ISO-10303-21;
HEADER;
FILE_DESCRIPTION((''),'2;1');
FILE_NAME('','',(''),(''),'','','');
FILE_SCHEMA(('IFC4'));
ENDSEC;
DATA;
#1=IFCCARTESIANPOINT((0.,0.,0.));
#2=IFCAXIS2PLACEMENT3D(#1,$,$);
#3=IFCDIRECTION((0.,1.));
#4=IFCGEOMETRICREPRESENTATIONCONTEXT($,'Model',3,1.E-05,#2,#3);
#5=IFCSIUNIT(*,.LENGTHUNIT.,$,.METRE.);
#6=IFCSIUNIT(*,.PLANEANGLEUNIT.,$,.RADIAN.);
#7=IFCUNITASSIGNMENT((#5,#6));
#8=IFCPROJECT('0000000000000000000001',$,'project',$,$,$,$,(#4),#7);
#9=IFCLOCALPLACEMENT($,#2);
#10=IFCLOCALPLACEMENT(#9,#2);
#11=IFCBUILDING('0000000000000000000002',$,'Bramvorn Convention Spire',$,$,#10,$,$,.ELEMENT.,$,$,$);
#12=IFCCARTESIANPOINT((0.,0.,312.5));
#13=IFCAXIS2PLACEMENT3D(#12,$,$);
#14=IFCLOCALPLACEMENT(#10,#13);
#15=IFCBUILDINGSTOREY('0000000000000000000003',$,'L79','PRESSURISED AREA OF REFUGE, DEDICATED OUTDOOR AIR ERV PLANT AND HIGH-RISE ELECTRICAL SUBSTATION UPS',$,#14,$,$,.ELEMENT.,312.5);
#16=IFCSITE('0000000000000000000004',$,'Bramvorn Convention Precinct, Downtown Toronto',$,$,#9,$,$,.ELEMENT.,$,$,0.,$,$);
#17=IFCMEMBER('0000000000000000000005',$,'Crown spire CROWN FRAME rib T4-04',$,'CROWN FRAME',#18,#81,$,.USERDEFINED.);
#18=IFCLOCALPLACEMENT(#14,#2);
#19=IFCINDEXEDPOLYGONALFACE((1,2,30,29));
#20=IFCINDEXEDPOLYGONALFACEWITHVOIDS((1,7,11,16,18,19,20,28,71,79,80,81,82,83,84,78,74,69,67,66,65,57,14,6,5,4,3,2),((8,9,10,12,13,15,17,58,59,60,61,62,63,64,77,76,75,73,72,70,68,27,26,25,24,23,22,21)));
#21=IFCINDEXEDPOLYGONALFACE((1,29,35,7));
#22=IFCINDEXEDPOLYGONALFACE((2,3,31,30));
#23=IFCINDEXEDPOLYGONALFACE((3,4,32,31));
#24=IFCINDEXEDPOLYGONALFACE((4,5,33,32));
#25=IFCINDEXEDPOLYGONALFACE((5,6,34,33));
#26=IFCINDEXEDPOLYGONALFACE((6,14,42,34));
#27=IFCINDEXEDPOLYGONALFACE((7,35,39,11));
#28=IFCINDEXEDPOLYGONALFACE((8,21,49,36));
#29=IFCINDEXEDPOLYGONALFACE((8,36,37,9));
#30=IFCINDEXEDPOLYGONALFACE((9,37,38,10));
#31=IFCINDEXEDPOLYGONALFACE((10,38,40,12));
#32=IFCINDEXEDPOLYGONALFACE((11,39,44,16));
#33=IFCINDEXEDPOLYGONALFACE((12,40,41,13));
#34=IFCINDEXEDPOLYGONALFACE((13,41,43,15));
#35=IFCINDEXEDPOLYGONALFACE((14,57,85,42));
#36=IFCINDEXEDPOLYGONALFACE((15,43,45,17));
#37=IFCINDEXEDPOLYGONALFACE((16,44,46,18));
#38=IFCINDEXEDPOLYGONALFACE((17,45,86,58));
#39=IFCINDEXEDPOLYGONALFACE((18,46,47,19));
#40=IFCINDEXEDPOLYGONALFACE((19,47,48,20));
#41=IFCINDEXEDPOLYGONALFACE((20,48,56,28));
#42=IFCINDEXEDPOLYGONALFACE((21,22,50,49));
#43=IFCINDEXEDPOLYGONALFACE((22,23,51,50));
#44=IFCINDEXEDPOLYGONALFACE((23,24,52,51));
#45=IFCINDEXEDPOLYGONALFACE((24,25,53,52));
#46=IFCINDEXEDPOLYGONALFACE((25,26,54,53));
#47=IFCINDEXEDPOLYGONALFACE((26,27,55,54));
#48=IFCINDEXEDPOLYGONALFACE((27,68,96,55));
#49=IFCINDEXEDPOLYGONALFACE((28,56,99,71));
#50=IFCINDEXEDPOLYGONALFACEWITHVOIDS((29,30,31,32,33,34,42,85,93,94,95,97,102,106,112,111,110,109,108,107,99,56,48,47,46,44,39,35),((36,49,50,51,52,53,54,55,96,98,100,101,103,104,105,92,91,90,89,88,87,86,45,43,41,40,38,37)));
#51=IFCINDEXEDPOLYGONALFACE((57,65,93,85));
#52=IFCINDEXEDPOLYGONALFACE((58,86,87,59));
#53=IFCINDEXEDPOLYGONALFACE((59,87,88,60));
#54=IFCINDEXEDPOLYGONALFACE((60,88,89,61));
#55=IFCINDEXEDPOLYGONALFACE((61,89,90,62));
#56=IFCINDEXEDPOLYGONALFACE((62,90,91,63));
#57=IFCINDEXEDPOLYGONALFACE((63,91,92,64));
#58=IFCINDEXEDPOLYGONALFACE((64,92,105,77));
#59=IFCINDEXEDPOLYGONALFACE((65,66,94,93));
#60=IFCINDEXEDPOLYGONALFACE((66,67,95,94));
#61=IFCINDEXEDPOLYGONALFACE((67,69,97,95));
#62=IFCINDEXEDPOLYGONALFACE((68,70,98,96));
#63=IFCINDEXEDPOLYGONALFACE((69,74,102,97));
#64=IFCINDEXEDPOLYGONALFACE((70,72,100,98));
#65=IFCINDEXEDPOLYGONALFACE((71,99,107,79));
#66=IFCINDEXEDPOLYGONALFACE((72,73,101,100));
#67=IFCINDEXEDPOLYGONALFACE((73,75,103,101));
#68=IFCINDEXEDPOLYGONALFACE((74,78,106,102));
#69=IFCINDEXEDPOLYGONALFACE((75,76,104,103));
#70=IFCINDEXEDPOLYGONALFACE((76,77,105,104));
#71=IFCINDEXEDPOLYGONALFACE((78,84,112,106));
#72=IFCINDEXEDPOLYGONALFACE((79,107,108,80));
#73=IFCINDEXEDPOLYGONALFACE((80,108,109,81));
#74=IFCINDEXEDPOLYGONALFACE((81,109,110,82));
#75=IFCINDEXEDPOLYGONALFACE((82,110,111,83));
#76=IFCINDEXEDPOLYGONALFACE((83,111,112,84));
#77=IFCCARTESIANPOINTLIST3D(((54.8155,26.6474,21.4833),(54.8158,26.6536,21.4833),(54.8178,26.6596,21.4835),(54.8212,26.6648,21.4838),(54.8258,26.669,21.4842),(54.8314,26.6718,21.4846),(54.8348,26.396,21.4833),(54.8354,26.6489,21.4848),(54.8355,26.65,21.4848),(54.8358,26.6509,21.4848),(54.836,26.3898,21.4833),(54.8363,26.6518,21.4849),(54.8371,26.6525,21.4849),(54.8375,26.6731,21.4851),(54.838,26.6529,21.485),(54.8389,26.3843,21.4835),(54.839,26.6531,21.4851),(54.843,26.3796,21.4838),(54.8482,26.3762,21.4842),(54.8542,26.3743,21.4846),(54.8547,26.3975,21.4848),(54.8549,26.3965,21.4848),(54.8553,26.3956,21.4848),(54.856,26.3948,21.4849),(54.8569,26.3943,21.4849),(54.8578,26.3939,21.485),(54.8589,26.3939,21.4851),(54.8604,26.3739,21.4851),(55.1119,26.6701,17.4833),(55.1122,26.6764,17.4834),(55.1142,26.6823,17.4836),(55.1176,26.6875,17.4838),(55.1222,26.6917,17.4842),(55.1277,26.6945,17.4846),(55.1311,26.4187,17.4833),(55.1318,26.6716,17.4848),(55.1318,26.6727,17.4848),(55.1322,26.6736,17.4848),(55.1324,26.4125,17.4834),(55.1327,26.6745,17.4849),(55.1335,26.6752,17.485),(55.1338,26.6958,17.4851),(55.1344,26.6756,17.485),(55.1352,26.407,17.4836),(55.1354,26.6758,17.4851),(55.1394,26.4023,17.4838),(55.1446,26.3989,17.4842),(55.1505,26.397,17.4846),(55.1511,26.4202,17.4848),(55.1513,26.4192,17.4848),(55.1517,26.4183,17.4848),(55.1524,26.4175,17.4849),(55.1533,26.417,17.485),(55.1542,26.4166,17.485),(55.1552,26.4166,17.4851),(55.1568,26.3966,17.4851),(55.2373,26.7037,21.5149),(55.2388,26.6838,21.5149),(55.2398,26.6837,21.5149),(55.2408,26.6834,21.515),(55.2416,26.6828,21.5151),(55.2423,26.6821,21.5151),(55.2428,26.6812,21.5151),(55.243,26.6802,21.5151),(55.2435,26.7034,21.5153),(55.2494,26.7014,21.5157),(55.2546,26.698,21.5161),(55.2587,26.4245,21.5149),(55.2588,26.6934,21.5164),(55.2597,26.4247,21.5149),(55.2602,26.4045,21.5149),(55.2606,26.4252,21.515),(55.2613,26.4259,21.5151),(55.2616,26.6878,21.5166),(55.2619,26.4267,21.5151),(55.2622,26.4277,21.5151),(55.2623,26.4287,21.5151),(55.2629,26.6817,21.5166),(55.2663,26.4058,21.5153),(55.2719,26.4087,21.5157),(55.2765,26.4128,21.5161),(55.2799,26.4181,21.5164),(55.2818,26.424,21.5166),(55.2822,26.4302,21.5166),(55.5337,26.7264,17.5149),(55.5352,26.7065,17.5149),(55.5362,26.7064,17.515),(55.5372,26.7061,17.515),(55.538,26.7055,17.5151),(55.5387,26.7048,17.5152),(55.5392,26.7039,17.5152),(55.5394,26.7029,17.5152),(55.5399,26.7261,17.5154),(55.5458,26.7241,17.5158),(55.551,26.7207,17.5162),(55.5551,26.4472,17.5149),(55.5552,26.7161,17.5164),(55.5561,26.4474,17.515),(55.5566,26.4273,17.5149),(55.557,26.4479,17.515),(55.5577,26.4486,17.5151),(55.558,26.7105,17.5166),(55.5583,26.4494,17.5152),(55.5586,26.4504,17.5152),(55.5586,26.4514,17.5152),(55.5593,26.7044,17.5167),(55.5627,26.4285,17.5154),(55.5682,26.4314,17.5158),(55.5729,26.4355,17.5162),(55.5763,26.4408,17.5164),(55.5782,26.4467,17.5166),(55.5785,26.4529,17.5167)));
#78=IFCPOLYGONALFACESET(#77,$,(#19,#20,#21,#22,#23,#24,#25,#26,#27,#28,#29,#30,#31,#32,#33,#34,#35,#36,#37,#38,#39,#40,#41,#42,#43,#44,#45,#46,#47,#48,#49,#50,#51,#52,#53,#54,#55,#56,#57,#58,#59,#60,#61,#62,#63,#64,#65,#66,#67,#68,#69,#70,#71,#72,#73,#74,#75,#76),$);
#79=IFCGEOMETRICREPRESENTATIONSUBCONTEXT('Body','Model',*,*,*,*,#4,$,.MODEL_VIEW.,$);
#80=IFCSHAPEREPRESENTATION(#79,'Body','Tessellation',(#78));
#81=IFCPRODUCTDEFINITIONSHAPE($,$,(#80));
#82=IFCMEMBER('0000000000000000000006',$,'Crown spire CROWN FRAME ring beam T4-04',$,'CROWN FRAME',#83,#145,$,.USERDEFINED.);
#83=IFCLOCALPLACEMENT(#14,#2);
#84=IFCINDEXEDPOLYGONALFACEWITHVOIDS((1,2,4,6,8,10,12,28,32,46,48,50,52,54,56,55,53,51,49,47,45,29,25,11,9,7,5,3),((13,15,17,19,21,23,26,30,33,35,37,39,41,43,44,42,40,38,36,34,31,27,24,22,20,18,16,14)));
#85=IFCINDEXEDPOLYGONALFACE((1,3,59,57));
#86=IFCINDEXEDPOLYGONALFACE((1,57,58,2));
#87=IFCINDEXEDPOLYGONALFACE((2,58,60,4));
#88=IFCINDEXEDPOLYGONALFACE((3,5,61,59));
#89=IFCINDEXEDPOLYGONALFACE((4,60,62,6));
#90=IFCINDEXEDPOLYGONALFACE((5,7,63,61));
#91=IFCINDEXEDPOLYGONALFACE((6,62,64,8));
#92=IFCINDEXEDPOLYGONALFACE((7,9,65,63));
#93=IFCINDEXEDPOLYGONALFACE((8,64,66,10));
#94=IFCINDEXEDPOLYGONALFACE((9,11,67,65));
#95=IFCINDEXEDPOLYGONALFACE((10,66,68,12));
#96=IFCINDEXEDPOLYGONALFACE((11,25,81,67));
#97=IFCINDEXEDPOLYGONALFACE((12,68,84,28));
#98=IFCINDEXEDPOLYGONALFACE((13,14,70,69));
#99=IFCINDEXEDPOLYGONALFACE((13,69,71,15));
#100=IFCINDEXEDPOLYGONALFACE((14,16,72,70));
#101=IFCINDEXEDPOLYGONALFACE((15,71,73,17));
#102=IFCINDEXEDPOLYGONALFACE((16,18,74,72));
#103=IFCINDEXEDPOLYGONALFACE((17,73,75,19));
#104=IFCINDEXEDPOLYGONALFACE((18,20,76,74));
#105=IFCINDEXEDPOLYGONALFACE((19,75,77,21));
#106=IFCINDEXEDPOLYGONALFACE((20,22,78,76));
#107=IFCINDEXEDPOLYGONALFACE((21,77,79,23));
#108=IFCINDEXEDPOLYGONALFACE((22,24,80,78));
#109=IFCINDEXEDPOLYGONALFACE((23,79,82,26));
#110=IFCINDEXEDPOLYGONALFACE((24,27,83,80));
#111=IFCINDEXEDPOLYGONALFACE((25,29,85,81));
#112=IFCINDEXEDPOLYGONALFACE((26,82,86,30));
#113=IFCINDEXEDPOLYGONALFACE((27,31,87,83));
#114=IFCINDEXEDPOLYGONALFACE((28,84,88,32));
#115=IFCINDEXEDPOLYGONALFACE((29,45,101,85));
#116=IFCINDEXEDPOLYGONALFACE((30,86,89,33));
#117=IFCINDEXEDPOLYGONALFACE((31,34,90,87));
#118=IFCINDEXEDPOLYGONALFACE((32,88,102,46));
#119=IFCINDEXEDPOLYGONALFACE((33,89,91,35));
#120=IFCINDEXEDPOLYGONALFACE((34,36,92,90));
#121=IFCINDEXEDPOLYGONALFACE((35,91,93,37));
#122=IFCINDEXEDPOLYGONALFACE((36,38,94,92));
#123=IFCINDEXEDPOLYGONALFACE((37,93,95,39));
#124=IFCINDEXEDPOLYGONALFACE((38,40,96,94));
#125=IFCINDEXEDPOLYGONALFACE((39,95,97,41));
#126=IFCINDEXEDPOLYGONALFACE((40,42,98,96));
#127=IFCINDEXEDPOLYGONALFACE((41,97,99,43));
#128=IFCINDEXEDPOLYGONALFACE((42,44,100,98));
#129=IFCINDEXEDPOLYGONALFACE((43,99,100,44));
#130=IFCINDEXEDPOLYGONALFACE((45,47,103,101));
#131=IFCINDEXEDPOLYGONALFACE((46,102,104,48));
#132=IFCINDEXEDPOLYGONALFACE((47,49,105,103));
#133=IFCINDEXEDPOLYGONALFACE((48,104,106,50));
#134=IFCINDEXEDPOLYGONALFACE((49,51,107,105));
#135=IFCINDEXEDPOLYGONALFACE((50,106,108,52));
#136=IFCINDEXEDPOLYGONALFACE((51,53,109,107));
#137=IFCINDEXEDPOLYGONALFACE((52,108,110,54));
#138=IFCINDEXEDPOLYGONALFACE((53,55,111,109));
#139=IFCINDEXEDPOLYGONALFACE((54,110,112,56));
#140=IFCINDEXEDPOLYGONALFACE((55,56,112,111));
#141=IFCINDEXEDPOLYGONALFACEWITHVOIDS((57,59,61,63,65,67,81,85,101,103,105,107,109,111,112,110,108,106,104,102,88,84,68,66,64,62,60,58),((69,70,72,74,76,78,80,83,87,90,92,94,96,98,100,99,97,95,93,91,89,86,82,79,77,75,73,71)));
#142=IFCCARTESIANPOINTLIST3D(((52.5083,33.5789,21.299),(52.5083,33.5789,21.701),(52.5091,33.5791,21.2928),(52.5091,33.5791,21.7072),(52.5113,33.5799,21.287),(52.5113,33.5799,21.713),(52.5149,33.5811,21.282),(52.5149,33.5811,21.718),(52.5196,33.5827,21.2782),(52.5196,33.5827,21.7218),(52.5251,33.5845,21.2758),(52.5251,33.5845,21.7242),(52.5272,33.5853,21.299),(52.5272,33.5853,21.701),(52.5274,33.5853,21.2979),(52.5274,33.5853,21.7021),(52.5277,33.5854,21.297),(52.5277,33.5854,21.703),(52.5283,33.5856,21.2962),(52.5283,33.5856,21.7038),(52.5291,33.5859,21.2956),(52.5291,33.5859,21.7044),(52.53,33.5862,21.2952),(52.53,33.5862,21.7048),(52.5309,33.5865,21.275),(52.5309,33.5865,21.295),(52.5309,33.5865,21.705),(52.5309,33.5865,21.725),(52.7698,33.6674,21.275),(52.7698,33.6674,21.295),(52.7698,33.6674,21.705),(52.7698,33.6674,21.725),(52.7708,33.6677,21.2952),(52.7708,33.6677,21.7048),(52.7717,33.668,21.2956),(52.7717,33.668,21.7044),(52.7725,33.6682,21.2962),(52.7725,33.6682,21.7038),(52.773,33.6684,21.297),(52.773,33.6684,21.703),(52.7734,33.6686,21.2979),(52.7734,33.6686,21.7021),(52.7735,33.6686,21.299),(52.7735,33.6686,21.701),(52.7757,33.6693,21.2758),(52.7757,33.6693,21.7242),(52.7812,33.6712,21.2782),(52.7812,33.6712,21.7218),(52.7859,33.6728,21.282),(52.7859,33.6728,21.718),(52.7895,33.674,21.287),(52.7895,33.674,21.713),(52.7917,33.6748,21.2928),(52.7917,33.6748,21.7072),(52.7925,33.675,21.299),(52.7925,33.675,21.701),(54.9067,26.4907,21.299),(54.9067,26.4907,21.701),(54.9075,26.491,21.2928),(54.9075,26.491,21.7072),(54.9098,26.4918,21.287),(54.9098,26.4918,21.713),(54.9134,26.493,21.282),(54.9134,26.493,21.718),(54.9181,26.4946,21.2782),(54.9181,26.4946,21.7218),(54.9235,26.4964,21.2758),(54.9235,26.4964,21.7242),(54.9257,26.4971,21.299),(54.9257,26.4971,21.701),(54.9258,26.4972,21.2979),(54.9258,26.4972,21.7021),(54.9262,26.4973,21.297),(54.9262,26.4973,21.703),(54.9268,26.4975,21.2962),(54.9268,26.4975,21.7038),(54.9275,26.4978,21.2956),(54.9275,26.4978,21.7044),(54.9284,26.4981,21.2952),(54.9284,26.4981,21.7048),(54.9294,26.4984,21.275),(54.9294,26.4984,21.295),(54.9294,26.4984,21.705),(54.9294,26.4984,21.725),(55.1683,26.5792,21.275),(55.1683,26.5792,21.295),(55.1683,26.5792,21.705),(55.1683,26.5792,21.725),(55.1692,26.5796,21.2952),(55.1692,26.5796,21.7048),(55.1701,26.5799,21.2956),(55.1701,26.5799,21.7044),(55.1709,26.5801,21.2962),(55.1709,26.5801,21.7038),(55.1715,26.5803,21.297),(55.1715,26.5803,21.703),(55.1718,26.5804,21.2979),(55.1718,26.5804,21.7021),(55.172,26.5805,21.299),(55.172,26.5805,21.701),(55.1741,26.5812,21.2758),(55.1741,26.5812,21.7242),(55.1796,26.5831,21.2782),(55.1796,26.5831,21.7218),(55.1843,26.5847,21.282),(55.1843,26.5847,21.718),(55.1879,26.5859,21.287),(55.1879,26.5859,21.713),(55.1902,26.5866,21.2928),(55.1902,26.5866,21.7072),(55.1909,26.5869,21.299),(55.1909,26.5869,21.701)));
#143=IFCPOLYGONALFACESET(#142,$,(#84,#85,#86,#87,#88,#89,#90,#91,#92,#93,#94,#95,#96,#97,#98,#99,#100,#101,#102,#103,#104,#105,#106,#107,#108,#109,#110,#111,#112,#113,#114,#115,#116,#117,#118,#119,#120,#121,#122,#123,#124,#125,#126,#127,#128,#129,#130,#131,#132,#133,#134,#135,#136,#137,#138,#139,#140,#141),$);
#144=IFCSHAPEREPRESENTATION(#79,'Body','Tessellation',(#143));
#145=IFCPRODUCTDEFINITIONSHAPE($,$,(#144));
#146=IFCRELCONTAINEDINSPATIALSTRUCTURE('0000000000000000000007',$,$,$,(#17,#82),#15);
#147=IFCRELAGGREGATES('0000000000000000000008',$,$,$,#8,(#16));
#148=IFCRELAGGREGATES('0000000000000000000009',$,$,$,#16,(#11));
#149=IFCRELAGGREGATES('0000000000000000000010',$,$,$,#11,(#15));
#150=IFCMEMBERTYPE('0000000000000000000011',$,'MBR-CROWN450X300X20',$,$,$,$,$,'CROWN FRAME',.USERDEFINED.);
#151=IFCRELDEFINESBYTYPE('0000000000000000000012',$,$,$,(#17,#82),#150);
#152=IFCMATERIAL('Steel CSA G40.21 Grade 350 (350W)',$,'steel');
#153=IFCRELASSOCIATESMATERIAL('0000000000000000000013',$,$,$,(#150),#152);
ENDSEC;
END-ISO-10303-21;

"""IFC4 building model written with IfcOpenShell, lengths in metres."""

from ifc_helpers import new_model, si_unit, direction, frame, origin, origin_2d, place, context, subcontext, project, spatial, hollow_rectangle, extrude, material, material_profile, profile_set, type_object, element, save


model = new_model("IFC4")

# Units and contexts
model_context = context("Model", 3, precision=1e-05, world=origin(), true_north=direction((0.0, 1.0)))
body_context = subcontext(model_context, "Body", "Model", "MODEL_VIEW")
ifc_project = project(units=[si_unit("LENGTHUNIT", "METRE"), si_unit("PLANEANGLEUNIT", "RADIAN")], contexts=[model_context])

# Site, building, storey
site_placement = place(None, origin())
site = spatial("IfcSite", under=ifc_project, at=site_placement, Name="Bramvorn Convention Precinct, Downtown Toronto", CompositionType="ELEMENT", RefElevation=0.0)
building_placement = place(site_placement, origin())
building = spatial("IfcBuilding", under=site, at=building_placement, Name="Bramvorn Convention Spire", CompositionType="ELEMENT")
storey_placement = place(building_placement, frame((0.0, 0.0, 312.5)))
storey = spatial("IfcBuildingStorey", under=building, at=storey_placement, Name="L79", Description="PRESSURISED AREA OF REFUGE, DEDICATED OUTDOOR AIR ERV PLANT AND HIGH-RISE ELECTRICAL SUBSTATION UPS", CompositionType="ELEMENT", Elevation=312.5)

# Members
ifc_material_1 = material(Name="Steel CSA G40.21 Grade 350 (350W)", Category="steel")
ifc_material_profile_1 = material_profile(ifc_material_1, hollow_rectangle(XDim=0.3, YDim=0.45, WallThickness=0.02, InnerFilletRadius=0.0039, OuterFilletRadius=0.0239, at=origin_2d()))
ifc_profile_set_1 = profile_set([ifc_material_profile_1], Name="Steel CSA G40.21 Grade 350 (350W) - CROWN450X300X20")
member_type_1 = type_object("IfcMemberType", Name="MBR-CROWN450X300X20", ElementType="CROWN FRAME", PredefinedType="USERDEFINED", material=ifc_profile_set_1)
member_1_placement = place(storey_placement, frame((55.3452, 26.5615, 17.5), z_axis=(-0.073893, -0.005661, 0.99725), x_axis=(0.076382, -0.997079, 0.0)))
element("IfcMember", 1, at=member_1_placement, inside=storey, type_object=member_type_1, Name="Crown spire CROWN FRAME rib T4-04", ObjectType="CROWN FRAME", PredefinedType="USERDEFINED", context=body_context, shape_type="SweptSolid", body=[
    extrude(hollow_rectangle(XDim=0.3, YDim=0.45, WallThickness=0.02, InnerFilletRadius=0.0039, OuterFilletRadius=0.0239, at=origin_2d()), origin(), (0.0, 0.0, 1.0), 4.011),
])
member_2_placement = place(storey_placement, frame((55.0488, 26.5388, 21.5), z_axis=(-0.320521, 0.947241, 0.0), x_axis=(-0.947241, -0.320521, 0.0)))
element("IfcMember", 2, at=member_2_placement, inside=storey, type_object=member_type_1, Name="Crown spire CROWN FRAME ring beam T4-04", ObjectType="CROWN FRAME", PredefinedType="USERDEFINED", context=body_context, shape_type="SweptSolid", body=[
    extrude(hollow_rectangle(XDim=0.3, YDim=0.45, WallThickness=0.02, InnerFilletRadius=0.0039, OuterFilletRadius=0.0239, at=origin_2d()), origin(), (0.0, 0.0, 1.0), 7.4829),
])

save(model, "model.ifc")
